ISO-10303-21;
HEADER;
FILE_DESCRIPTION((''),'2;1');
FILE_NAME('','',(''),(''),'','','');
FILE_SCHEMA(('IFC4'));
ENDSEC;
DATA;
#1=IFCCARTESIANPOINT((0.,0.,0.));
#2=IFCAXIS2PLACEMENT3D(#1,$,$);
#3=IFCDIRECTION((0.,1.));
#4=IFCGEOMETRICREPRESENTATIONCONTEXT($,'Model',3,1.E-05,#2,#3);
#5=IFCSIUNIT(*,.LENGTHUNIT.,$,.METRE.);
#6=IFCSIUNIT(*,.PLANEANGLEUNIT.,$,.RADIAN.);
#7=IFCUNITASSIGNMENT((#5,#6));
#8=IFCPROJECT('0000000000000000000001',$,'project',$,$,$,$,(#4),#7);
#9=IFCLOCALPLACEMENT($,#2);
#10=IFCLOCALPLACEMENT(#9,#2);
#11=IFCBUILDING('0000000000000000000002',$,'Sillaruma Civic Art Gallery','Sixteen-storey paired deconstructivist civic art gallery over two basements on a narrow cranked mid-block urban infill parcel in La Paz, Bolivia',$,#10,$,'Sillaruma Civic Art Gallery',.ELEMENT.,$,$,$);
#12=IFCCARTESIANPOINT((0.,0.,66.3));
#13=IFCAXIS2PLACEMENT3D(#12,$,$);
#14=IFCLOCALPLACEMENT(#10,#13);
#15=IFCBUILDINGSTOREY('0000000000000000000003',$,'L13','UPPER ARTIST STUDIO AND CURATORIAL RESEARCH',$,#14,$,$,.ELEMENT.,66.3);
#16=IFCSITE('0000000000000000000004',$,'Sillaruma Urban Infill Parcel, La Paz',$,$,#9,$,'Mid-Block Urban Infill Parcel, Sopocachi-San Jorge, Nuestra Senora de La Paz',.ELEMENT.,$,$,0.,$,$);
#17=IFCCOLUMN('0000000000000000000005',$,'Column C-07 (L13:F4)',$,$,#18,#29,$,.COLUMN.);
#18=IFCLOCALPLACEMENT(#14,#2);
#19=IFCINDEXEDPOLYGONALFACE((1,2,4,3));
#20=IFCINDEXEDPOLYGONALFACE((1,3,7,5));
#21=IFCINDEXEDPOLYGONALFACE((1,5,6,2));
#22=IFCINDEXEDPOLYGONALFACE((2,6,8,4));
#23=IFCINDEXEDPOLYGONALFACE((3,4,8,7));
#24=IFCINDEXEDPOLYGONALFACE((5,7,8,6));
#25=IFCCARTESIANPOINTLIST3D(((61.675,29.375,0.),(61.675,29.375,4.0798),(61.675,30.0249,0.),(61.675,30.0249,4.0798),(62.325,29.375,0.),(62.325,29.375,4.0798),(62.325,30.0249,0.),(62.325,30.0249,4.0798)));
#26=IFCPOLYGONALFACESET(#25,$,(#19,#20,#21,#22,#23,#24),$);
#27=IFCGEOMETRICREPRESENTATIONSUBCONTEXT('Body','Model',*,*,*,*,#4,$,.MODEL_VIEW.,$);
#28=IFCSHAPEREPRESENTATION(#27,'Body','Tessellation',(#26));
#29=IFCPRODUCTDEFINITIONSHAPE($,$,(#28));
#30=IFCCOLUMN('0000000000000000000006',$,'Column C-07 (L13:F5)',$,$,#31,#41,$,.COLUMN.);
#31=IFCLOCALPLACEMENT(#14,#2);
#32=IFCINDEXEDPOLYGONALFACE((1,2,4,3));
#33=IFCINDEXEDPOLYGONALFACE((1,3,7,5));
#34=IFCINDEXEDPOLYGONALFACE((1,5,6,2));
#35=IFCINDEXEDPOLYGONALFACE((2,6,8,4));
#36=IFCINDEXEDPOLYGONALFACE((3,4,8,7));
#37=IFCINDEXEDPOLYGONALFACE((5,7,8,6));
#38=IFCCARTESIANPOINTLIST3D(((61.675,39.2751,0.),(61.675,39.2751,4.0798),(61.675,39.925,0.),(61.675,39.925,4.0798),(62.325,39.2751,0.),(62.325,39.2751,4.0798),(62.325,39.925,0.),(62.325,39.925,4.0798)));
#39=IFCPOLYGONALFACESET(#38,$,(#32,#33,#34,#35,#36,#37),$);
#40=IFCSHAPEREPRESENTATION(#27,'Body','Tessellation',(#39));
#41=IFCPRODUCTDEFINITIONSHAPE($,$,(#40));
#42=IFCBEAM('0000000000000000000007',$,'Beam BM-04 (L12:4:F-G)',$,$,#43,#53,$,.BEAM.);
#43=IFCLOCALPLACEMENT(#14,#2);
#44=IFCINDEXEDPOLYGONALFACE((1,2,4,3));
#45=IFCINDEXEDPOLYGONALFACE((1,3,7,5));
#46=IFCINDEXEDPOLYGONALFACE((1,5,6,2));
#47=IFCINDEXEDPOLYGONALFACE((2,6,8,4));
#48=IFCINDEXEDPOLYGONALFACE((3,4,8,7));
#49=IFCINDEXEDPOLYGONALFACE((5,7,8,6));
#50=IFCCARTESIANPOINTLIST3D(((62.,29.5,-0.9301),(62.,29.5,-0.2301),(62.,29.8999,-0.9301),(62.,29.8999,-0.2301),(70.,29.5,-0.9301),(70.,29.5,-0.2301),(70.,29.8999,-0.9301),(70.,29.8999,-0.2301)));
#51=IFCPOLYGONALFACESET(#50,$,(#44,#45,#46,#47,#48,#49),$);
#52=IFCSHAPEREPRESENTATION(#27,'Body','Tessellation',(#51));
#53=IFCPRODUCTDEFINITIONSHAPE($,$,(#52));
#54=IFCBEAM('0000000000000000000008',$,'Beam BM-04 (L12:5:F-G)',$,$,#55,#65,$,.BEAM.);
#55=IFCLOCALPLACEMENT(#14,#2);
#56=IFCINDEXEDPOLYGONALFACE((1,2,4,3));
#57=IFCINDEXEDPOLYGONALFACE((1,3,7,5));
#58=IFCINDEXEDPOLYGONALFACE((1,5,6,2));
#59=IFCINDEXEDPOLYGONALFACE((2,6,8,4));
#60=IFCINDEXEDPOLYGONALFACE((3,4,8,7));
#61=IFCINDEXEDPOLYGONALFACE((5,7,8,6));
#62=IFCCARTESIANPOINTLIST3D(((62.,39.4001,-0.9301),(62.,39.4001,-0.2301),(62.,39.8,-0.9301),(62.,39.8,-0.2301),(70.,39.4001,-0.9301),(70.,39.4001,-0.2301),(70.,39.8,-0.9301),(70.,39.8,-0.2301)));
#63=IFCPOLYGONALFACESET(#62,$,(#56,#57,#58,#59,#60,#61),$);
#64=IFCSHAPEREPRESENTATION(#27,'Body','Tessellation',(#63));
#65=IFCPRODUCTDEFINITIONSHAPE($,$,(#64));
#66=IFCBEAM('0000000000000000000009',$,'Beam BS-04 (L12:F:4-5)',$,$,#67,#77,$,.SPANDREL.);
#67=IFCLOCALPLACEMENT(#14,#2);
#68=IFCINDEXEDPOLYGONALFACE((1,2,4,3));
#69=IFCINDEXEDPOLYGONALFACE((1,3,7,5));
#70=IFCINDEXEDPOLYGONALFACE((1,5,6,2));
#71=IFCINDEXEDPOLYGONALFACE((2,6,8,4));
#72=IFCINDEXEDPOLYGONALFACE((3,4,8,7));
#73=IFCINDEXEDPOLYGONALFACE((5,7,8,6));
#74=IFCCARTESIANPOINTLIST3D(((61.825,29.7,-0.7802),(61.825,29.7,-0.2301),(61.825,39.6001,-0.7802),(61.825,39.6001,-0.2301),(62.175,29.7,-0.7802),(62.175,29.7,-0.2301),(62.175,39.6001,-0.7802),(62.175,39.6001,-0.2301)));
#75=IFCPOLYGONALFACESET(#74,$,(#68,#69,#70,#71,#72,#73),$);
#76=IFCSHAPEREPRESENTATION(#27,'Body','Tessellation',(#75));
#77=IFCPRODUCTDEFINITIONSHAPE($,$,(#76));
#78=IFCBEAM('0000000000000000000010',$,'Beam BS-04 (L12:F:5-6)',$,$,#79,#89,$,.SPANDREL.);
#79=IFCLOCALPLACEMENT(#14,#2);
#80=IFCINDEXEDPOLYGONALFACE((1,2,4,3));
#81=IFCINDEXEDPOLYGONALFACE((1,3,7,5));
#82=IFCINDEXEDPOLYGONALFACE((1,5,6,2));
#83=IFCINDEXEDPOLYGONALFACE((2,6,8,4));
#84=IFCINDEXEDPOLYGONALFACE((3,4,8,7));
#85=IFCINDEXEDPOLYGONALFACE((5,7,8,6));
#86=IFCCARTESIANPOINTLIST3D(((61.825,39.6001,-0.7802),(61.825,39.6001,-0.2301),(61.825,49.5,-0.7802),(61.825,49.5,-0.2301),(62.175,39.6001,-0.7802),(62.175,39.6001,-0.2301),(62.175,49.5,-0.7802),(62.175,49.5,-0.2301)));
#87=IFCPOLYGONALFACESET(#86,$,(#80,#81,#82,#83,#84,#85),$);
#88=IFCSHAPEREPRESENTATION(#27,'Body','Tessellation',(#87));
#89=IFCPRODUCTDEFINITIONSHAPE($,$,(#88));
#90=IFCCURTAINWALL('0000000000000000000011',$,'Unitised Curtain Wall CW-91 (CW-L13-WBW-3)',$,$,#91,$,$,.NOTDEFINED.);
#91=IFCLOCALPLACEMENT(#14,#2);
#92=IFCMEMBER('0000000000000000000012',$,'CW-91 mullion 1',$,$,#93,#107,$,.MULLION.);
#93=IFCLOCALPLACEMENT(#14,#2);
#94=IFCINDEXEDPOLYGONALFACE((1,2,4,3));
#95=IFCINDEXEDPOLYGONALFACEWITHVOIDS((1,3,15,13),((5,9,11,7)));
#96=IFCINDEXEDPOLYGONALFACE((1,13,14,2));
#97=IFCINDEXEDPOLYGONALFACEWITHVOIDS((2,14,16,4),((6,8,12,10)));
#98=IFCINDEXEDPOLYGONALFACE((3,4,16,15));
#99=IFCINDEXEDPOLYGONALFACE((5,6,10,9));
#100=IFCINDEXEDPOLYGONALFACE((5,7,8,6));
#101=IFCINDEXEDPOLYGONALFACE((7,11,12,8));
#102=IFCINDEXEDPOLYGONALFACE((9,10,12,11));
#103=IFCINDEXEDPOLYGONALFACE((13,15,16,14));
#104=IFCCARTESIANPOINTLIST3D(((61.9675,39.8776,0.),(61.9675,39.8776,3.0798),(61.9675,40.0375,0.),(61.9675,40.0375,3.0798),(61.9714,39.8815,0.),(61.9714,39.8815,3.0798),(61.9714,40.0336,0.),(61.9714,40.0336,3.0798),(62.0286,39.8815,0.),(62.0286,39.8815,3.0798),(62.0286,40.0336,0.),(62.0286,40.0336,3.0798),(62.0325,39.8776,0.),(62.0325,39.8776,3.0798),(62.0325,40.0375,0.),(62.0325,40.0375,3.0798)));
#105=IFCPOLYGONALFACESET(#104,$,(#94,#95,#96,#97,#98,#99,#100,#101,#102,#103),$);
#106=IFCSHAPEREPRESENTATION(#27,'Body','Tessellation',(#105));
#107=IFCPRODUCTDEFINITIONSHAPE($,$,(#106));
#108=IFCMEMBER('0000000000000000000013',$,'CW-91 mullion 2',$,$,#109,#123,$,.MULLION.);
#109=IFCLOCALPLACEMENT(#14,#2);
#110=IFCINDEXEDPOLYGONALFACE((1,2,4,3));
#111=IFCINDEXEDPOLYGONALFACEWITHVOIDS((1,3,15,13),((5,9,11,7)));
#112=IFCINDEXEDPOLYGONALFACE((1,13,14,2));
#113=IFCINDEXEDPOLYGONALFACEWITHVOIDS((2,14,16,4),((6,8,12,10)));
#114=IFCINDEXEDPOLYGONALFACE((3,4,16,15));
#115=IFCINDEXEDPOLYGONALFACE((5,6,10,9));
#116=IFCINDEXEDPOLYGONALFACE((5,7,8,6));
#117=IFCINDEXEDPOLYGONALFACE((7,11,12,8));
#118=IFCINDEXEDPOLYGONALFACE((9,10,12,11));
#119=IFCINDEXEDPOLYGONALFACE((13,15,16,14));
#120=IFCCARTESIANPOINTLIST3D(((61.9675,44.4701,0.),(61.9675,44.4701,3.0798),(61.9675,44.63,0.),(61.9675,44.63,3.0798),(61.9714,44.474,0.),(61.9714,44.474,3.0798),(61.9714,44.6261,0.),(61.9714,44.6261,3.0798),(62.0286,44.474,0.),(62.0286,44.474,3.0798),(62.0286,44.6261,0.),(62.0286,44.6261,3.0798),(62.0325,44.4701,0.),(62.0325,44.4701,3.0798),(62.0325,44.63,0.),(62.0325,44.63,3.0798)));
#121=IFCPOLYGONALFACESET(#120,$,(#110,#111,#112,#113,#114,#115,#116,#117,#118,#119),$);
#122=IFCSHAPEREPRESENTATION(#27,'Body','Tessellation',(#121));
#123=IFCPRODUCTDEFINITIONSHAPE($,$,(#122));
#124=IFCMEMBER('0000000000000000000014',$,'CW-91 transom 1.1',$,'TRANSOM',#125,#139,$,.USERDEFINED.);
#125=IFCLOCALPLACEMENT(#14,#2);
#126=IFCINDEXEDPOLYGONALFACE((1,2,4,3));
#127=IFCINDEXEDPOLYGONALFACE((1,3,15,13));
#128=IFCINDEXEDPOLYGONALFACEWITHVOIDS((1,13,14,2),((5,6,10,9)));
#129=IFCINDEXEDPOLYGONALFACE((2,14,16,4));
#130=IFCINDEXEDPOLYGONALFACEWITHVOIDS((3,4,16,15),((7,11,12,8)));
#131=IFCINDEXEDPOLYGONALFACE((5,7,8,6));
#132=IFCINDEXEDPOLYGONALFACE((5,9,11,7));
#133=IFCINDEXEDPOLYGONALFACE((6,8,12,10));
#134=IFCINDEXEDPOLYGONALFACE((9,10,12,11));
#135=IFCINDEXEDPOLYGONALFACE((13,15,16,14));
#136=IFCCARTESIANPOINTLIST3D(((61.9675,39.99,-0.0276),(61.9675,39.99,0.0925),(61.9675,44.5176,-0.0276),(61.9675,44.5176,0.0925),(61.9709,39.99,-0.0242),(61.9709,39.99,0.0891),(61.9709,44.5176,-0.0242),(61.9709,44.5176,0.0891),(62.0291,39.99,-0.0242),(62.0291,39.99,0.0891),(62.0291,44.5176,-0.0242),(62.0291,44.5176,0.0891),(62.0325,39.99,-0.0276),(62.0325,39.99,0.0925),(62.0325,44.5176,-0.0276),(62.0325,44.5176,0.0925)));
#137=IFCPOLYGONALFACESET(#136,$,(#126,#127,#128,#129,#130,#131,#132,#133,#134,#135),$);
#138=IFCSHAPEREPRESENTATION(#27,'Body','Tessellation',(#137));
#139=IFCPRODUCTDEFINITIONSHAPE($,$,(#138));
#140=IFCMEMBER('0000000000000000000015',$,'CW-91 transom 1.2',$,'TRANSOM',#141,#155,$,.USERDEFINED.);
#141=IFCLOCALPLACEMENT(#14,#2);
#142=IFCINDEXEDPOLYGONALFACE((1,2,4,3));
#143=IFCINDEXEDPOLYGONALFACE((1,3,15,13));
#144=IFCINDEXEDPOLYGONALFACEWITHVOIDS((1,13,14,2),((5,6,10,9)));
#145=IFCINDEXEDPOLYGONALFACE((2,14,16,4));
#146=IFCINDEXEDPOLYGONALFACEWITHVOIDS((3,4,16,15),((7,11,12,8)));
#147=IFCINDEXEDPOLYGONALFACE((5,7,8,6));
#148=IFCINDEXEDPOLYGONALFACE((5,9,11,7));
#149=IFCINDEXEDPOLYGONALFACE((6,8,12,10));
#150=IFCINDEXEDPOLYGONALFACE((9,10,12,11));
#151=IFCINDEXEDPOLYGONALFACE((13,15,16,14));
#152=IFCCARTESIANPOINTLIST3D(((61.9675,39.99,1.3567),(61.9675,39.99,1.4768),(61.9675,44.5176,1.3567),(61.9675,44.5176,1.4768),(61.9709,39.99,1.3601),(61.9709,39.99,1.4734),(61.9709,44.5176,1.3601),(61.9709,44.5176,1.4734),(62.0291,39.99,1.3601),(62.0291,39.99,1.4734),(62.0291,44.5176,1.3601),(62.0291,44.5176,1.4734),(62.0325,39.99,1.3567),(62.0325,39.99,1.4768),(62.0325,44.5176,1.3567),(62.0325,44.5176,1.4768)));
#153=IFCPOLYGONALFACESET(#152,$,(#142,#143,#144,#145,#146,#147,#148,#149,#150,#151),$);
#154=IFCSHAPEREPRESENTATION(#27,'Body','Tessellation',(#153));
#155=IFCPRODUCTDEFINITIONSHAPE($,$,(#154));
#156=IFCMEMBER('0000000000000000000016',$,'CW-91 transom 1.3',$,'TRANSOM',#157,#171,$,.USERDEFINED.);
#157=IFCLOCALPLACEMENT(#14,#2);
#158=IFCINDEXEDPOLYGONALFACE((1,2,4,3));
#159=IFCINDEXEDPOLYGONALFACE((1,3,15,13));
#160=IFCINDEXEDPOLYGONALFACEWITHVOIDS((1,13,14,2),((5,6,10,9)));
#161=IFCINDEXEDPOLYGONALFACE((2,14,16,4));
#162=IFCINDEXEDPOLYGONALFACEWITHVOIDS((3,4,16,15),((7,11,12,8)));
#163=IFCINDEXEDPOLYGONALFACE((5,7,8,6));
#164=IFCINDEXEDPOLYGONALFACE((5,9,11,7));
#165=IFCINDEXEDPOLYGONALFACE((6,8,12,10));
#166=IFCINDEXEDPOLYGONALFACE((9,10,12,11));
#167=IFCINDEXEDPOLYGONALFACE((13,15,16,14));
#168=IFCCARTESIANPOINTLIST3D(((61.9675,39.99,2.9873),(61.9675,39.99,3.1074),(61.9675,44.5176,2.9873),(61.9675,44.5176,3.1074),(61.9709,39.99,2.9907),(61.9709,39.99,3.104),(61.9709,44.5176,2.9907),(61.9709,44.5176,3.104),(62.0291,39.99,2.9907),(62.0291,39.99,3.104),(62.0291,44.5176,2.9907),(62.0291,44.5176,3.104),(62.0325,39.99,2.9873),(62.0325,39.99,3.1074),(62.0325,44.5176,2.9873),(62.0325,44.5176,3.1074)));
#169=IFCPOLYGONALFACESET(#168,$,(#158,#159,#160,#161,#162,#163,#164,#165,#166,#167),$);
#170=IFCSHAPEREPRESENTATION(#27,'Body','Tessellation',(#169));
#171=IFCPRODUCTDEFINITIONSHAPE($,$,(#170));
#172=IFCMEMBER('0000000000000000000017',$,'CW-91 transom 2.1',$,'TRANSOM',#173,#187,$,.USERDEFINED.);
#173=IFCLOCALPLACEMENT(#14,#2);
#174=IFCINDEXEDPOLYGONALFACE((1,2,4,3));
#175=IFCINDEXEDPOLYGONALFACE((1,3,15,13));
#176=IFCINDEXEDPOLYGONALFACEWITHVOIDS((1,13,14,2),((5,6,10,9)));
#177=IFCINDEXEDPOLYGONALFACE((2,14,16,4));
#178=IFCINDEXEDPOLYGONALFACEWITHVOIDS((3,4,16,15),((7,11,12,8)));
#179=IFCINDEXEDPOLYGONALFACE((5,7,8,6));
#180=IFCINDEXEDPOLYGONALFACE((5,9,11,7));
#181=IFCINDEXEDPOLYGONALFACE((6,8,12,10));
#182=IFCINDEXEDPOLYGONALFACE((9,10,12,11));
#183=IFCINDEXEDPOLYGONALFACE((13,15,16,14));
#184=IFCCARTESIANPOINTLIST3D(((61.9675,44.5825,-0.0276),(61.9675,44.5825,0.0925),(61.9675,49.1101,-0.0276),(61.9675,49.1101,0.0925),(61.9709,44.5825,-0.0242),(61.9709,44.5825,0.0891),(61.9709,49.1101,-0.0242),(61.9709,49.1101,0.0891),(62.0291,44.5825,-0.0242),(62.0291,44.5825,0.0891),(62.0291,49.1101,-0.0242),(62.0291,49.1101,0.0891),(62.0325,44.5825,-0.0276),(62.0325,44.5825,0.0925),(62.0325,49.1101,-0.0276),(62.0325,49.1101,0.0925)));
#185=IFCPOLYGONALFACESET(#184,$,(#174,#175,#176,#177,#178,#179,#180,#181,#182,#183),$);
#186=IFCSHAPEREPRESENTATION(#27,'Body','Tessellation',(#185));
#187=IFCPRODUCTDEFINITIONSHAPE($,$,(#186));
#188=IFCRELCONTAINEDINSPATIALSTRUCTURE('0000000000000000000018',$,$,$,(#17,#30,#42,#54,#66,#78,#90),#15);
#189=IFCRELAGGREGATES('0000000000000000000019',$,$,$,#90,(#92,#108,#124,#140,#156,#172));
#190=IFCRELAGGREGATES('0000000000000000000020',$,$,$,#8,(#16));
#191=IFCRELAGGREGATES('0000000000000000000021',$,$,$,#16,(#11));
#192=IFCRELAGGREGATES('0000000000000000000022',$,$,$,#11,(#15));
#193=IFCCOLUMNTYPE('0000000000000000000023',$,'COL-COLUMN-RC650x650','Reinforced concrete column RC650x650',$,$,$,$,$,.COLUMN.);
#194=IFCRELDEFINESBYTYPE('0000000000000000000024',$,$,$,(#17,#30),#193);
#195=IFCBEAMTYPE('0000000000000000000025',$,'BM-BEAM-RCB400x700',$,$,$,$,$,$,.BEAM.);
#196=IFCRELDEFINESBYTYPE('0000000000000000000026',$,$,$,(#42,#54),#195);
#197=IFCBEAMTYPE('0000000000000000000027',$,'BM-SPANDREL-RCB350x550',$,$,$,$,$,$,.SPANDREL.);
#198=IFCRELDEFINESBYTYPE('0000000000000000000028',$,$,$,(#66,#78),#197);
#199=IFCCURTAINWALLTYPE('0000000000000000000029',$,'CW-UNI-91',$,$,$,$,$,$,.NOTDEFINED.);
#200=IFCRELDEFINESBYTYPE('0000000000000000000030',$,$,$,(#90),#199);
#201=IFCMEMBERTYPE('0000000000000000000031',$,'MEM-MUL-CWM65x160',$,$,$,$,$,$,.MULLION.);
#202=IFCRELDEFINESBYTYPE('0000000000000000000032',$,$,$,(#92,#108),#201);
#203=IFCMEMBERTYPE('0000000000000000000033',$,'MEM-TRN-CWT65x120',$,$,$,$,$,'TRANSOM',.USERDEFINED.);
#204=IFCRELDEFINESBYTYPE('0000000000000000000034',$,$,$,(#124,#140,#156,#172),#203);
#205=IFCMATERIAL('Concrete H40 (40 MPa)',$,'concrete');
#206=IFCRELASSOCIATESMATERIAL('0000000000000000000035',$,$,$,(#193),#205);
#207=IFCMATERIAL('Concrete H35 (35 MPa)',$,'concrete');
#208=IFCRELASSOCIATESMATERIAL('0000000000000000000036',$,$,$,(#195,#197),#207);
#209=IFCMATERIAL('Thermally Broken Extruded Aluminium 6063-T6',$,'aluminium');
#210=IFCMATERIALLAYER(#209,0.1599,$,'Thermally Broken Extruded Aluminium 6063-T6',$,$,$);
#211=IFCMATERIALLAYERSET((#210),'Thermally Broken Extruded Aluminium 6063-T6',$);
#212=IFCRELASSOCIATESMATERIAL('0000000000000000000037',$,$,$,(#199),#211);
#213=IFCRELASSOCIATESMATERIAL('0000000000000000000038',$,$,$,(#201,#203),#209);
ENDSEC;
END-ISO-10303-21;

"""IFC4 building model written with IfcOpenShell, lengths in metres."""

from ifc_helpers import new_model, si_unit, direction, frame, origin, origin_2d, place, context, subcontext, project, spatial, rectangle, hollow_rectangle, extrude, material, layer, layer_set, material_profile, profile_set, type_object, element, aggregate, save


model = new_model("IFC4")

# Units and contexts
model_context = context("Model", 3, precision=1e-05, world=origin(), true_north=direction((0.0, 1.0)))
body_context = subcontext(model_context, "Body", "Model", "MODEL_VIEW")
ifc_project = project(units=[si_unit("LENGTHUNIT", "METRE"), si_unit("PLANEANGLEUNIT", "RADIAN")], contexts=[model_context])

# Site, building, storey
site_placement = place(None, origin())
site = spatial("IfcSite", under=ifc_project, at=site_placement, Name="Sillaruma Urban Infill Parcel, La Paz", LongName="Mid-Block Urban Infill Parcel, Sopocachi-San Jorge, Nuestra Senora de La Paz", CompositionType="ELEMENT", RefElevation=0.0)
building_placement = place(site_placement, origin())
building = spatial("IfcBuilding", under=site, at=building_placement, Name="Sillaruma Civic Art Gallery", Description="Sixteen-storey paired deconstructivist civic art gallery over two basements on a narrow cranked mid-block urban infill parcel in La Paz, Bolivia", LongName="Sillaruma Civic Art Gallery", CompositionType="ELEMENT")
storey_placement = place(building_placement, frame((0.0, 0.0, 66.3)))
storey = spatial("IfcBuildingStorey", under=building, at=storey_placement, Name="L13", Description="UPPER ARTIST STUDIO AND CURATORIAL RESEARCH", CompositionType="ELEMENT", Elevation=66.3)

# Columns
ifc_material_1 = material(Name="Concrete H40 (40 MPa)", Category="concrete")
ifc_material_profile_1 = material_profile(ifc_material_1, rectangle(XDim=0.6499, YDim=0.6499, at=origin_2d()), Name="RC650x650")
ifc_profile_set_1 = profile_set([ifc_material_profile_1], Name="Concrete H40 (40 MPa)")
column_type = type_object("IfcColumnType", Name="COL-COLUMN-RC650x650", Description="Reinforced concrete column RC650x650", PredefinedType="COLUMN", material=ifc_profile_set_1)
for number, where, z_axis, x_axis, name in (
    (1, (62.0, 29.7, 0.0), (0.0, 0.0, 1.0), (1.0, 0.0, 0.0), "Column C-07 (L13:F4)"),
    (2, (62.0, 39.6001, 0.0), (0.0, 0.0, 1.0), (1.0, 0.0, 0.0), "Column C-07 (L13:F5)"),
):
    element("IfcColumn", number, at=place(storey_placement, frame(where, z_axis=z_axis, x_axis=x_axis)), inside=storey, type_object=column_type, Name=name, PredefinedType="COLUMN", context=body_context, shape_type="SweptSolid", body=[
        extrude(rectangle(XDim=0.6499, YDim=0.6499, at=origin_2d()), origin(), (0.0, 0.0, 1.0), 4.0798),
    ])

# Beams
ifc_material_2 = material(Name="Concrete H35 (35 MPa)", Category="concrete")
ifc_material_profile_2 = material_profile(ifc_material_2, rectangle(XDim=0.3999, YDim=0.7, at=origin_2d()), Name="RCB400x700")
ifc_profile_set_2 = profile_set([ifc_material_profile_2], Name="Concrete H35 (35 MPa)")
beam_type_1 = type_object("IfcBeamType", Name="BM-BEAM-RCB400x700", PredefinedType="BEAM", material=ifc_profile_set_2)
for number, where, z_axis, x_axis, name in (
    (3, (62.0, 29.7, -0.5801), (1.0, 0.0, 0.0), (0.0, 1.0, 0.0), "Beam BM-04 (L12:4:F-G)"),
    (4, (62.0, 39.6001, -0.5801), (1.0, 0.0, 0.0), (0.0, 1.0, 0.0), "Beam BM-04 (L12:5:F-G)"),
):
    element("IfcBeam", number, at=place(storey_placement, frame(where, z_axis=z_axis, x_axis=x_axis)), inside=storey, type_object=beam_type_1, Name=name, PredefinedType="BEAM", context=body_context, shape_type="SweptSolid", body=[
        extrude(rectangle(XDim=0.3999, YDim=0.7, at=origin_2d()), origin(), (0.0, 0.0, 1.0), 8.0),
    ])
ifc_material_profile_3 = material_profile(ifc_material_2, rectangle(XDim=0.3501, YDim=0.55, at=origin_2d()), Name="RCB350x550")
ifc_profile_set_3 = profile_set([ifc_material_profile_3], Name="Concrete H35 (35 MPa)")
beam_type_2 = type_object("IfcBeamType", Name="BM-SPANDREL-RCB350x550", PredefinedType="SPANDREL", material=ifc_profile_set_3)
beam_1_placement = place(storey_placement, frame((62.0, 29.7, -0.5051), z_axis=(0.0, 1.0, 0.0), x_axis=(-1.0, 0.0, 0.0)))
element("IfcBeam", 5, at=beam_1_placement, inside=storey, type_object=beam_type_2, Name="Beam BS-04 (L12:F:4-5)", PredefinedType="SPANDREL", context=body_context, shape_type="SweptSolid", body=[
    extrude(rectangle(XDim=0.3501, YDim=0.55, at=origin_2d()), origin(), (0.0, 0.0, 1.0), 9.9001),
])
beam_2_placement = place(storey_placement, frame((62.0, 39.6001, -0.5051), z_axis=(0.0, 1.0, 0.0), x_axis=(-1.0, 0.0, 0.0)))
element("IfcBeam", 6, at=beam_2_placement, inside=storey, type_object=beam_type_2, Name="Beam BS-04 (L12:F:5-6)", PredefinedType="SPANDREL", context=body_context, shape_type="SweptSolid", body=[
    extrude(rectangle(XDim=0.3501, YDim=0.55, at=origin_2d()), origin(), (0.0, 0.0, 1.0), 9.8999),
])

# Curtain wall, members
ifc_material_3 = material(Name="Thermally Broken Extruded Aluminium 6063-T6", Category="aluminium")
ifc_layer_1 = layer(ifc_material_3, 0.1599, Name="Thermally Broken Extruded Aluminium 6063-T6")
ifc_layer_set_1 = layer_set([ifc_layer_1], Name="Thermally Broken Extruded Aluminium 6063-T6")
curtain_wall_type = type_object("IfcCurtainWallType", Name="CW-UNI-91", PredefinedType="NOTDEFINED", material=ifc_layer_set_1)
curtain_wall_placement = place(storey_placement, origin())
curtain_wall = element("IfcCurtainWall", 7, at=curtain_wall_placement, inside=storey, type_object=curtain_wall_type, Name="Unitised Curtain Wall CW-91 (CW-L13-WBW-3)", PredefinedType="NOTDEFINED")
ifc_material_profile_4 = material_profile(ifc_material_3, hollow_rectangle(XDim=0.0649, YDim=0.1599, WallThickness=0.0039, at=origin_2d()), Name="CWM65x160")
ifc_profile_set_4 = profile_set([ifc_material_profile_4], Name="Thermally Broken Extruded Aluminium 6063-T6")
member_type_1 = type_object("IfcMemberType", Name="MEM-MUL-CWM65x160", PredefinedType="MULLION", material=ifc_profile_set_4)
member_1_placement = place(storey_placement, frame((62.0, 39.9575, 0.0), z_axis=(0.0, 0.0, 1.0), x_axis=(-1.0, 0.0, 0.0)))
member_1 = element("IfcMember", 8, at=member_1_placement, type_object=member_type_1, Name="CW-91 mullion 1", PredefinedType="MULLION", context=body_context, shape_type="SweptSolid", body=[
    extrude(hollow_rectangle(XDim=0.0649, YDim=0.1599, WallThickness=0.0039, at=origin_2d()), origin(), (0.0, 0.0, 1.0), 3.0798),
])
member_2_placement = place(storey_placement, frame((62.0, 44.55, 0.0), z_axis=(0.0, 0.0, 1.0), x_axis=(-1.0, 0.0, 0.0)))
member_2 = element("IfcMember", 9, at=member_2_placement, type_object=member_type_1, Name="CW-91 mullion 2", PredefinedType="MULLION", context=body_context, shape_type="SweptSolid", body=[
    extrude(hollow_rectangle(XDim=0.0649, YDim=0.1599, WallThickness=0.0039, at=origin_2d()), origin(), (0.0, 0.0, 1.0), 3.0798),
])
ifc_material_profile_5 = material_profile(ifc_material_3, hollow_rectangle(XDim=0.0649, YDim=0.1201, WallThickness=0.0034, at=origin_2d()), Name="CWT65x120")
ifc_profile_set_5 = profile_set([ifc_material_profile_5], Name="Thermally Broken Extruded Aluminium 6063-T6")
member_type_2 = type_object("IfcMemberType", Name="MEM-TRN-CWT65x120", ElementType="TRANSOM", PredefinedType="USERDEFINED", material=ifc_profile_set_5)
member_3_placement = place(storey_placement, frame((62.0, 39.99, 0.0325), z_axis=(0.0, 1.0, 0.0), x_axis=(-1.0, 0.0, 0.0)))
member_3 = element("IfcMember", 10, at=member_3_placement, type_object=member_type_2, Name="CW-91 transom 1.1", ObjectType="TRANSOM", PredefinedType="USERDEFINED", context=body_context, shape_type="SweptSolid", body=[
    extrude(hollow_rectangle(XDim=0.0649, YDim=0.1201, WallThickness=0.0034, at=origin_2d()), origin(), (0.0, 0.0, 1.0), 4.5276),
])
member_4_placement = place(storey_placement, frame((62.0, 39.99, 1.4167), z_axis=(0.0, 1.0, 0.0), x_axis=(-1.0, 0.0, 0.0)))
member_4 = element("IfcMember", 11, at=member_4_placement, type_object=member_type_2, Name="CW-91 transom 1.2", ObjectType="TRANSOM", PredefinedType="USERDEFINED", context=body_context, shape_type="SweptSolid", body=[
    extrude(hollow_rectangle(XDim=0.0649, YDim=0.1201, WallThickness=0.0034, at=origin_2d()), origin(), (0.0, 0.0, 1.0), 4.5276),
])
member_5_placement = place(storey_placement, frame((62.0, 39.99, 3.0474), z_axis=(0.0, 1.0, 0.0), x_axis=(-1.0, 0.0, 0.0)))
member_5 = element("IfcMember", 12, at=member_5_placement, type_object=member_type_2, Name="CW-91 transom 1.3", ObjectType="TRANSOM", PredefinedType="USERDEFINED", context=body_context, shape_type="SweptSolid", body=[
    extrude(hollow_rectangle(XDim=0.0649, YDim=0.1201, WallThickness=0.0034, at=origin_2d()), origin(), (0.0, 0.0, 1.0), 4.5276),
])
member_6_placement = place(storey_placement, frame((62.0, 44.5825, 0.0325), z_axis=(0.0, 1.0, 0.0), x_axis=(-1.0, 0.0, 0.0)))
member_6 = element("IfcMember", 13, at=member_6_placement, type_object=member_type_2, Name="CW-91 transom 2.1", ObjectType="TRANSOM", PredefinedType="USERDEFINED", context=body_context, shape_type="SweptSolid", body=[
    extrude(hollow_rectangle(XDim=0.0649, YDim=0.1201, WallThickness=0.0034, at=origin_2d()), origin(), (0.0, 0.0, 1.0), 4.5276),
])
aggregate(curtain_wall, [member_1, member_2, member_3, member_4, member_5, member_6])

save(model, "model.ifc")
